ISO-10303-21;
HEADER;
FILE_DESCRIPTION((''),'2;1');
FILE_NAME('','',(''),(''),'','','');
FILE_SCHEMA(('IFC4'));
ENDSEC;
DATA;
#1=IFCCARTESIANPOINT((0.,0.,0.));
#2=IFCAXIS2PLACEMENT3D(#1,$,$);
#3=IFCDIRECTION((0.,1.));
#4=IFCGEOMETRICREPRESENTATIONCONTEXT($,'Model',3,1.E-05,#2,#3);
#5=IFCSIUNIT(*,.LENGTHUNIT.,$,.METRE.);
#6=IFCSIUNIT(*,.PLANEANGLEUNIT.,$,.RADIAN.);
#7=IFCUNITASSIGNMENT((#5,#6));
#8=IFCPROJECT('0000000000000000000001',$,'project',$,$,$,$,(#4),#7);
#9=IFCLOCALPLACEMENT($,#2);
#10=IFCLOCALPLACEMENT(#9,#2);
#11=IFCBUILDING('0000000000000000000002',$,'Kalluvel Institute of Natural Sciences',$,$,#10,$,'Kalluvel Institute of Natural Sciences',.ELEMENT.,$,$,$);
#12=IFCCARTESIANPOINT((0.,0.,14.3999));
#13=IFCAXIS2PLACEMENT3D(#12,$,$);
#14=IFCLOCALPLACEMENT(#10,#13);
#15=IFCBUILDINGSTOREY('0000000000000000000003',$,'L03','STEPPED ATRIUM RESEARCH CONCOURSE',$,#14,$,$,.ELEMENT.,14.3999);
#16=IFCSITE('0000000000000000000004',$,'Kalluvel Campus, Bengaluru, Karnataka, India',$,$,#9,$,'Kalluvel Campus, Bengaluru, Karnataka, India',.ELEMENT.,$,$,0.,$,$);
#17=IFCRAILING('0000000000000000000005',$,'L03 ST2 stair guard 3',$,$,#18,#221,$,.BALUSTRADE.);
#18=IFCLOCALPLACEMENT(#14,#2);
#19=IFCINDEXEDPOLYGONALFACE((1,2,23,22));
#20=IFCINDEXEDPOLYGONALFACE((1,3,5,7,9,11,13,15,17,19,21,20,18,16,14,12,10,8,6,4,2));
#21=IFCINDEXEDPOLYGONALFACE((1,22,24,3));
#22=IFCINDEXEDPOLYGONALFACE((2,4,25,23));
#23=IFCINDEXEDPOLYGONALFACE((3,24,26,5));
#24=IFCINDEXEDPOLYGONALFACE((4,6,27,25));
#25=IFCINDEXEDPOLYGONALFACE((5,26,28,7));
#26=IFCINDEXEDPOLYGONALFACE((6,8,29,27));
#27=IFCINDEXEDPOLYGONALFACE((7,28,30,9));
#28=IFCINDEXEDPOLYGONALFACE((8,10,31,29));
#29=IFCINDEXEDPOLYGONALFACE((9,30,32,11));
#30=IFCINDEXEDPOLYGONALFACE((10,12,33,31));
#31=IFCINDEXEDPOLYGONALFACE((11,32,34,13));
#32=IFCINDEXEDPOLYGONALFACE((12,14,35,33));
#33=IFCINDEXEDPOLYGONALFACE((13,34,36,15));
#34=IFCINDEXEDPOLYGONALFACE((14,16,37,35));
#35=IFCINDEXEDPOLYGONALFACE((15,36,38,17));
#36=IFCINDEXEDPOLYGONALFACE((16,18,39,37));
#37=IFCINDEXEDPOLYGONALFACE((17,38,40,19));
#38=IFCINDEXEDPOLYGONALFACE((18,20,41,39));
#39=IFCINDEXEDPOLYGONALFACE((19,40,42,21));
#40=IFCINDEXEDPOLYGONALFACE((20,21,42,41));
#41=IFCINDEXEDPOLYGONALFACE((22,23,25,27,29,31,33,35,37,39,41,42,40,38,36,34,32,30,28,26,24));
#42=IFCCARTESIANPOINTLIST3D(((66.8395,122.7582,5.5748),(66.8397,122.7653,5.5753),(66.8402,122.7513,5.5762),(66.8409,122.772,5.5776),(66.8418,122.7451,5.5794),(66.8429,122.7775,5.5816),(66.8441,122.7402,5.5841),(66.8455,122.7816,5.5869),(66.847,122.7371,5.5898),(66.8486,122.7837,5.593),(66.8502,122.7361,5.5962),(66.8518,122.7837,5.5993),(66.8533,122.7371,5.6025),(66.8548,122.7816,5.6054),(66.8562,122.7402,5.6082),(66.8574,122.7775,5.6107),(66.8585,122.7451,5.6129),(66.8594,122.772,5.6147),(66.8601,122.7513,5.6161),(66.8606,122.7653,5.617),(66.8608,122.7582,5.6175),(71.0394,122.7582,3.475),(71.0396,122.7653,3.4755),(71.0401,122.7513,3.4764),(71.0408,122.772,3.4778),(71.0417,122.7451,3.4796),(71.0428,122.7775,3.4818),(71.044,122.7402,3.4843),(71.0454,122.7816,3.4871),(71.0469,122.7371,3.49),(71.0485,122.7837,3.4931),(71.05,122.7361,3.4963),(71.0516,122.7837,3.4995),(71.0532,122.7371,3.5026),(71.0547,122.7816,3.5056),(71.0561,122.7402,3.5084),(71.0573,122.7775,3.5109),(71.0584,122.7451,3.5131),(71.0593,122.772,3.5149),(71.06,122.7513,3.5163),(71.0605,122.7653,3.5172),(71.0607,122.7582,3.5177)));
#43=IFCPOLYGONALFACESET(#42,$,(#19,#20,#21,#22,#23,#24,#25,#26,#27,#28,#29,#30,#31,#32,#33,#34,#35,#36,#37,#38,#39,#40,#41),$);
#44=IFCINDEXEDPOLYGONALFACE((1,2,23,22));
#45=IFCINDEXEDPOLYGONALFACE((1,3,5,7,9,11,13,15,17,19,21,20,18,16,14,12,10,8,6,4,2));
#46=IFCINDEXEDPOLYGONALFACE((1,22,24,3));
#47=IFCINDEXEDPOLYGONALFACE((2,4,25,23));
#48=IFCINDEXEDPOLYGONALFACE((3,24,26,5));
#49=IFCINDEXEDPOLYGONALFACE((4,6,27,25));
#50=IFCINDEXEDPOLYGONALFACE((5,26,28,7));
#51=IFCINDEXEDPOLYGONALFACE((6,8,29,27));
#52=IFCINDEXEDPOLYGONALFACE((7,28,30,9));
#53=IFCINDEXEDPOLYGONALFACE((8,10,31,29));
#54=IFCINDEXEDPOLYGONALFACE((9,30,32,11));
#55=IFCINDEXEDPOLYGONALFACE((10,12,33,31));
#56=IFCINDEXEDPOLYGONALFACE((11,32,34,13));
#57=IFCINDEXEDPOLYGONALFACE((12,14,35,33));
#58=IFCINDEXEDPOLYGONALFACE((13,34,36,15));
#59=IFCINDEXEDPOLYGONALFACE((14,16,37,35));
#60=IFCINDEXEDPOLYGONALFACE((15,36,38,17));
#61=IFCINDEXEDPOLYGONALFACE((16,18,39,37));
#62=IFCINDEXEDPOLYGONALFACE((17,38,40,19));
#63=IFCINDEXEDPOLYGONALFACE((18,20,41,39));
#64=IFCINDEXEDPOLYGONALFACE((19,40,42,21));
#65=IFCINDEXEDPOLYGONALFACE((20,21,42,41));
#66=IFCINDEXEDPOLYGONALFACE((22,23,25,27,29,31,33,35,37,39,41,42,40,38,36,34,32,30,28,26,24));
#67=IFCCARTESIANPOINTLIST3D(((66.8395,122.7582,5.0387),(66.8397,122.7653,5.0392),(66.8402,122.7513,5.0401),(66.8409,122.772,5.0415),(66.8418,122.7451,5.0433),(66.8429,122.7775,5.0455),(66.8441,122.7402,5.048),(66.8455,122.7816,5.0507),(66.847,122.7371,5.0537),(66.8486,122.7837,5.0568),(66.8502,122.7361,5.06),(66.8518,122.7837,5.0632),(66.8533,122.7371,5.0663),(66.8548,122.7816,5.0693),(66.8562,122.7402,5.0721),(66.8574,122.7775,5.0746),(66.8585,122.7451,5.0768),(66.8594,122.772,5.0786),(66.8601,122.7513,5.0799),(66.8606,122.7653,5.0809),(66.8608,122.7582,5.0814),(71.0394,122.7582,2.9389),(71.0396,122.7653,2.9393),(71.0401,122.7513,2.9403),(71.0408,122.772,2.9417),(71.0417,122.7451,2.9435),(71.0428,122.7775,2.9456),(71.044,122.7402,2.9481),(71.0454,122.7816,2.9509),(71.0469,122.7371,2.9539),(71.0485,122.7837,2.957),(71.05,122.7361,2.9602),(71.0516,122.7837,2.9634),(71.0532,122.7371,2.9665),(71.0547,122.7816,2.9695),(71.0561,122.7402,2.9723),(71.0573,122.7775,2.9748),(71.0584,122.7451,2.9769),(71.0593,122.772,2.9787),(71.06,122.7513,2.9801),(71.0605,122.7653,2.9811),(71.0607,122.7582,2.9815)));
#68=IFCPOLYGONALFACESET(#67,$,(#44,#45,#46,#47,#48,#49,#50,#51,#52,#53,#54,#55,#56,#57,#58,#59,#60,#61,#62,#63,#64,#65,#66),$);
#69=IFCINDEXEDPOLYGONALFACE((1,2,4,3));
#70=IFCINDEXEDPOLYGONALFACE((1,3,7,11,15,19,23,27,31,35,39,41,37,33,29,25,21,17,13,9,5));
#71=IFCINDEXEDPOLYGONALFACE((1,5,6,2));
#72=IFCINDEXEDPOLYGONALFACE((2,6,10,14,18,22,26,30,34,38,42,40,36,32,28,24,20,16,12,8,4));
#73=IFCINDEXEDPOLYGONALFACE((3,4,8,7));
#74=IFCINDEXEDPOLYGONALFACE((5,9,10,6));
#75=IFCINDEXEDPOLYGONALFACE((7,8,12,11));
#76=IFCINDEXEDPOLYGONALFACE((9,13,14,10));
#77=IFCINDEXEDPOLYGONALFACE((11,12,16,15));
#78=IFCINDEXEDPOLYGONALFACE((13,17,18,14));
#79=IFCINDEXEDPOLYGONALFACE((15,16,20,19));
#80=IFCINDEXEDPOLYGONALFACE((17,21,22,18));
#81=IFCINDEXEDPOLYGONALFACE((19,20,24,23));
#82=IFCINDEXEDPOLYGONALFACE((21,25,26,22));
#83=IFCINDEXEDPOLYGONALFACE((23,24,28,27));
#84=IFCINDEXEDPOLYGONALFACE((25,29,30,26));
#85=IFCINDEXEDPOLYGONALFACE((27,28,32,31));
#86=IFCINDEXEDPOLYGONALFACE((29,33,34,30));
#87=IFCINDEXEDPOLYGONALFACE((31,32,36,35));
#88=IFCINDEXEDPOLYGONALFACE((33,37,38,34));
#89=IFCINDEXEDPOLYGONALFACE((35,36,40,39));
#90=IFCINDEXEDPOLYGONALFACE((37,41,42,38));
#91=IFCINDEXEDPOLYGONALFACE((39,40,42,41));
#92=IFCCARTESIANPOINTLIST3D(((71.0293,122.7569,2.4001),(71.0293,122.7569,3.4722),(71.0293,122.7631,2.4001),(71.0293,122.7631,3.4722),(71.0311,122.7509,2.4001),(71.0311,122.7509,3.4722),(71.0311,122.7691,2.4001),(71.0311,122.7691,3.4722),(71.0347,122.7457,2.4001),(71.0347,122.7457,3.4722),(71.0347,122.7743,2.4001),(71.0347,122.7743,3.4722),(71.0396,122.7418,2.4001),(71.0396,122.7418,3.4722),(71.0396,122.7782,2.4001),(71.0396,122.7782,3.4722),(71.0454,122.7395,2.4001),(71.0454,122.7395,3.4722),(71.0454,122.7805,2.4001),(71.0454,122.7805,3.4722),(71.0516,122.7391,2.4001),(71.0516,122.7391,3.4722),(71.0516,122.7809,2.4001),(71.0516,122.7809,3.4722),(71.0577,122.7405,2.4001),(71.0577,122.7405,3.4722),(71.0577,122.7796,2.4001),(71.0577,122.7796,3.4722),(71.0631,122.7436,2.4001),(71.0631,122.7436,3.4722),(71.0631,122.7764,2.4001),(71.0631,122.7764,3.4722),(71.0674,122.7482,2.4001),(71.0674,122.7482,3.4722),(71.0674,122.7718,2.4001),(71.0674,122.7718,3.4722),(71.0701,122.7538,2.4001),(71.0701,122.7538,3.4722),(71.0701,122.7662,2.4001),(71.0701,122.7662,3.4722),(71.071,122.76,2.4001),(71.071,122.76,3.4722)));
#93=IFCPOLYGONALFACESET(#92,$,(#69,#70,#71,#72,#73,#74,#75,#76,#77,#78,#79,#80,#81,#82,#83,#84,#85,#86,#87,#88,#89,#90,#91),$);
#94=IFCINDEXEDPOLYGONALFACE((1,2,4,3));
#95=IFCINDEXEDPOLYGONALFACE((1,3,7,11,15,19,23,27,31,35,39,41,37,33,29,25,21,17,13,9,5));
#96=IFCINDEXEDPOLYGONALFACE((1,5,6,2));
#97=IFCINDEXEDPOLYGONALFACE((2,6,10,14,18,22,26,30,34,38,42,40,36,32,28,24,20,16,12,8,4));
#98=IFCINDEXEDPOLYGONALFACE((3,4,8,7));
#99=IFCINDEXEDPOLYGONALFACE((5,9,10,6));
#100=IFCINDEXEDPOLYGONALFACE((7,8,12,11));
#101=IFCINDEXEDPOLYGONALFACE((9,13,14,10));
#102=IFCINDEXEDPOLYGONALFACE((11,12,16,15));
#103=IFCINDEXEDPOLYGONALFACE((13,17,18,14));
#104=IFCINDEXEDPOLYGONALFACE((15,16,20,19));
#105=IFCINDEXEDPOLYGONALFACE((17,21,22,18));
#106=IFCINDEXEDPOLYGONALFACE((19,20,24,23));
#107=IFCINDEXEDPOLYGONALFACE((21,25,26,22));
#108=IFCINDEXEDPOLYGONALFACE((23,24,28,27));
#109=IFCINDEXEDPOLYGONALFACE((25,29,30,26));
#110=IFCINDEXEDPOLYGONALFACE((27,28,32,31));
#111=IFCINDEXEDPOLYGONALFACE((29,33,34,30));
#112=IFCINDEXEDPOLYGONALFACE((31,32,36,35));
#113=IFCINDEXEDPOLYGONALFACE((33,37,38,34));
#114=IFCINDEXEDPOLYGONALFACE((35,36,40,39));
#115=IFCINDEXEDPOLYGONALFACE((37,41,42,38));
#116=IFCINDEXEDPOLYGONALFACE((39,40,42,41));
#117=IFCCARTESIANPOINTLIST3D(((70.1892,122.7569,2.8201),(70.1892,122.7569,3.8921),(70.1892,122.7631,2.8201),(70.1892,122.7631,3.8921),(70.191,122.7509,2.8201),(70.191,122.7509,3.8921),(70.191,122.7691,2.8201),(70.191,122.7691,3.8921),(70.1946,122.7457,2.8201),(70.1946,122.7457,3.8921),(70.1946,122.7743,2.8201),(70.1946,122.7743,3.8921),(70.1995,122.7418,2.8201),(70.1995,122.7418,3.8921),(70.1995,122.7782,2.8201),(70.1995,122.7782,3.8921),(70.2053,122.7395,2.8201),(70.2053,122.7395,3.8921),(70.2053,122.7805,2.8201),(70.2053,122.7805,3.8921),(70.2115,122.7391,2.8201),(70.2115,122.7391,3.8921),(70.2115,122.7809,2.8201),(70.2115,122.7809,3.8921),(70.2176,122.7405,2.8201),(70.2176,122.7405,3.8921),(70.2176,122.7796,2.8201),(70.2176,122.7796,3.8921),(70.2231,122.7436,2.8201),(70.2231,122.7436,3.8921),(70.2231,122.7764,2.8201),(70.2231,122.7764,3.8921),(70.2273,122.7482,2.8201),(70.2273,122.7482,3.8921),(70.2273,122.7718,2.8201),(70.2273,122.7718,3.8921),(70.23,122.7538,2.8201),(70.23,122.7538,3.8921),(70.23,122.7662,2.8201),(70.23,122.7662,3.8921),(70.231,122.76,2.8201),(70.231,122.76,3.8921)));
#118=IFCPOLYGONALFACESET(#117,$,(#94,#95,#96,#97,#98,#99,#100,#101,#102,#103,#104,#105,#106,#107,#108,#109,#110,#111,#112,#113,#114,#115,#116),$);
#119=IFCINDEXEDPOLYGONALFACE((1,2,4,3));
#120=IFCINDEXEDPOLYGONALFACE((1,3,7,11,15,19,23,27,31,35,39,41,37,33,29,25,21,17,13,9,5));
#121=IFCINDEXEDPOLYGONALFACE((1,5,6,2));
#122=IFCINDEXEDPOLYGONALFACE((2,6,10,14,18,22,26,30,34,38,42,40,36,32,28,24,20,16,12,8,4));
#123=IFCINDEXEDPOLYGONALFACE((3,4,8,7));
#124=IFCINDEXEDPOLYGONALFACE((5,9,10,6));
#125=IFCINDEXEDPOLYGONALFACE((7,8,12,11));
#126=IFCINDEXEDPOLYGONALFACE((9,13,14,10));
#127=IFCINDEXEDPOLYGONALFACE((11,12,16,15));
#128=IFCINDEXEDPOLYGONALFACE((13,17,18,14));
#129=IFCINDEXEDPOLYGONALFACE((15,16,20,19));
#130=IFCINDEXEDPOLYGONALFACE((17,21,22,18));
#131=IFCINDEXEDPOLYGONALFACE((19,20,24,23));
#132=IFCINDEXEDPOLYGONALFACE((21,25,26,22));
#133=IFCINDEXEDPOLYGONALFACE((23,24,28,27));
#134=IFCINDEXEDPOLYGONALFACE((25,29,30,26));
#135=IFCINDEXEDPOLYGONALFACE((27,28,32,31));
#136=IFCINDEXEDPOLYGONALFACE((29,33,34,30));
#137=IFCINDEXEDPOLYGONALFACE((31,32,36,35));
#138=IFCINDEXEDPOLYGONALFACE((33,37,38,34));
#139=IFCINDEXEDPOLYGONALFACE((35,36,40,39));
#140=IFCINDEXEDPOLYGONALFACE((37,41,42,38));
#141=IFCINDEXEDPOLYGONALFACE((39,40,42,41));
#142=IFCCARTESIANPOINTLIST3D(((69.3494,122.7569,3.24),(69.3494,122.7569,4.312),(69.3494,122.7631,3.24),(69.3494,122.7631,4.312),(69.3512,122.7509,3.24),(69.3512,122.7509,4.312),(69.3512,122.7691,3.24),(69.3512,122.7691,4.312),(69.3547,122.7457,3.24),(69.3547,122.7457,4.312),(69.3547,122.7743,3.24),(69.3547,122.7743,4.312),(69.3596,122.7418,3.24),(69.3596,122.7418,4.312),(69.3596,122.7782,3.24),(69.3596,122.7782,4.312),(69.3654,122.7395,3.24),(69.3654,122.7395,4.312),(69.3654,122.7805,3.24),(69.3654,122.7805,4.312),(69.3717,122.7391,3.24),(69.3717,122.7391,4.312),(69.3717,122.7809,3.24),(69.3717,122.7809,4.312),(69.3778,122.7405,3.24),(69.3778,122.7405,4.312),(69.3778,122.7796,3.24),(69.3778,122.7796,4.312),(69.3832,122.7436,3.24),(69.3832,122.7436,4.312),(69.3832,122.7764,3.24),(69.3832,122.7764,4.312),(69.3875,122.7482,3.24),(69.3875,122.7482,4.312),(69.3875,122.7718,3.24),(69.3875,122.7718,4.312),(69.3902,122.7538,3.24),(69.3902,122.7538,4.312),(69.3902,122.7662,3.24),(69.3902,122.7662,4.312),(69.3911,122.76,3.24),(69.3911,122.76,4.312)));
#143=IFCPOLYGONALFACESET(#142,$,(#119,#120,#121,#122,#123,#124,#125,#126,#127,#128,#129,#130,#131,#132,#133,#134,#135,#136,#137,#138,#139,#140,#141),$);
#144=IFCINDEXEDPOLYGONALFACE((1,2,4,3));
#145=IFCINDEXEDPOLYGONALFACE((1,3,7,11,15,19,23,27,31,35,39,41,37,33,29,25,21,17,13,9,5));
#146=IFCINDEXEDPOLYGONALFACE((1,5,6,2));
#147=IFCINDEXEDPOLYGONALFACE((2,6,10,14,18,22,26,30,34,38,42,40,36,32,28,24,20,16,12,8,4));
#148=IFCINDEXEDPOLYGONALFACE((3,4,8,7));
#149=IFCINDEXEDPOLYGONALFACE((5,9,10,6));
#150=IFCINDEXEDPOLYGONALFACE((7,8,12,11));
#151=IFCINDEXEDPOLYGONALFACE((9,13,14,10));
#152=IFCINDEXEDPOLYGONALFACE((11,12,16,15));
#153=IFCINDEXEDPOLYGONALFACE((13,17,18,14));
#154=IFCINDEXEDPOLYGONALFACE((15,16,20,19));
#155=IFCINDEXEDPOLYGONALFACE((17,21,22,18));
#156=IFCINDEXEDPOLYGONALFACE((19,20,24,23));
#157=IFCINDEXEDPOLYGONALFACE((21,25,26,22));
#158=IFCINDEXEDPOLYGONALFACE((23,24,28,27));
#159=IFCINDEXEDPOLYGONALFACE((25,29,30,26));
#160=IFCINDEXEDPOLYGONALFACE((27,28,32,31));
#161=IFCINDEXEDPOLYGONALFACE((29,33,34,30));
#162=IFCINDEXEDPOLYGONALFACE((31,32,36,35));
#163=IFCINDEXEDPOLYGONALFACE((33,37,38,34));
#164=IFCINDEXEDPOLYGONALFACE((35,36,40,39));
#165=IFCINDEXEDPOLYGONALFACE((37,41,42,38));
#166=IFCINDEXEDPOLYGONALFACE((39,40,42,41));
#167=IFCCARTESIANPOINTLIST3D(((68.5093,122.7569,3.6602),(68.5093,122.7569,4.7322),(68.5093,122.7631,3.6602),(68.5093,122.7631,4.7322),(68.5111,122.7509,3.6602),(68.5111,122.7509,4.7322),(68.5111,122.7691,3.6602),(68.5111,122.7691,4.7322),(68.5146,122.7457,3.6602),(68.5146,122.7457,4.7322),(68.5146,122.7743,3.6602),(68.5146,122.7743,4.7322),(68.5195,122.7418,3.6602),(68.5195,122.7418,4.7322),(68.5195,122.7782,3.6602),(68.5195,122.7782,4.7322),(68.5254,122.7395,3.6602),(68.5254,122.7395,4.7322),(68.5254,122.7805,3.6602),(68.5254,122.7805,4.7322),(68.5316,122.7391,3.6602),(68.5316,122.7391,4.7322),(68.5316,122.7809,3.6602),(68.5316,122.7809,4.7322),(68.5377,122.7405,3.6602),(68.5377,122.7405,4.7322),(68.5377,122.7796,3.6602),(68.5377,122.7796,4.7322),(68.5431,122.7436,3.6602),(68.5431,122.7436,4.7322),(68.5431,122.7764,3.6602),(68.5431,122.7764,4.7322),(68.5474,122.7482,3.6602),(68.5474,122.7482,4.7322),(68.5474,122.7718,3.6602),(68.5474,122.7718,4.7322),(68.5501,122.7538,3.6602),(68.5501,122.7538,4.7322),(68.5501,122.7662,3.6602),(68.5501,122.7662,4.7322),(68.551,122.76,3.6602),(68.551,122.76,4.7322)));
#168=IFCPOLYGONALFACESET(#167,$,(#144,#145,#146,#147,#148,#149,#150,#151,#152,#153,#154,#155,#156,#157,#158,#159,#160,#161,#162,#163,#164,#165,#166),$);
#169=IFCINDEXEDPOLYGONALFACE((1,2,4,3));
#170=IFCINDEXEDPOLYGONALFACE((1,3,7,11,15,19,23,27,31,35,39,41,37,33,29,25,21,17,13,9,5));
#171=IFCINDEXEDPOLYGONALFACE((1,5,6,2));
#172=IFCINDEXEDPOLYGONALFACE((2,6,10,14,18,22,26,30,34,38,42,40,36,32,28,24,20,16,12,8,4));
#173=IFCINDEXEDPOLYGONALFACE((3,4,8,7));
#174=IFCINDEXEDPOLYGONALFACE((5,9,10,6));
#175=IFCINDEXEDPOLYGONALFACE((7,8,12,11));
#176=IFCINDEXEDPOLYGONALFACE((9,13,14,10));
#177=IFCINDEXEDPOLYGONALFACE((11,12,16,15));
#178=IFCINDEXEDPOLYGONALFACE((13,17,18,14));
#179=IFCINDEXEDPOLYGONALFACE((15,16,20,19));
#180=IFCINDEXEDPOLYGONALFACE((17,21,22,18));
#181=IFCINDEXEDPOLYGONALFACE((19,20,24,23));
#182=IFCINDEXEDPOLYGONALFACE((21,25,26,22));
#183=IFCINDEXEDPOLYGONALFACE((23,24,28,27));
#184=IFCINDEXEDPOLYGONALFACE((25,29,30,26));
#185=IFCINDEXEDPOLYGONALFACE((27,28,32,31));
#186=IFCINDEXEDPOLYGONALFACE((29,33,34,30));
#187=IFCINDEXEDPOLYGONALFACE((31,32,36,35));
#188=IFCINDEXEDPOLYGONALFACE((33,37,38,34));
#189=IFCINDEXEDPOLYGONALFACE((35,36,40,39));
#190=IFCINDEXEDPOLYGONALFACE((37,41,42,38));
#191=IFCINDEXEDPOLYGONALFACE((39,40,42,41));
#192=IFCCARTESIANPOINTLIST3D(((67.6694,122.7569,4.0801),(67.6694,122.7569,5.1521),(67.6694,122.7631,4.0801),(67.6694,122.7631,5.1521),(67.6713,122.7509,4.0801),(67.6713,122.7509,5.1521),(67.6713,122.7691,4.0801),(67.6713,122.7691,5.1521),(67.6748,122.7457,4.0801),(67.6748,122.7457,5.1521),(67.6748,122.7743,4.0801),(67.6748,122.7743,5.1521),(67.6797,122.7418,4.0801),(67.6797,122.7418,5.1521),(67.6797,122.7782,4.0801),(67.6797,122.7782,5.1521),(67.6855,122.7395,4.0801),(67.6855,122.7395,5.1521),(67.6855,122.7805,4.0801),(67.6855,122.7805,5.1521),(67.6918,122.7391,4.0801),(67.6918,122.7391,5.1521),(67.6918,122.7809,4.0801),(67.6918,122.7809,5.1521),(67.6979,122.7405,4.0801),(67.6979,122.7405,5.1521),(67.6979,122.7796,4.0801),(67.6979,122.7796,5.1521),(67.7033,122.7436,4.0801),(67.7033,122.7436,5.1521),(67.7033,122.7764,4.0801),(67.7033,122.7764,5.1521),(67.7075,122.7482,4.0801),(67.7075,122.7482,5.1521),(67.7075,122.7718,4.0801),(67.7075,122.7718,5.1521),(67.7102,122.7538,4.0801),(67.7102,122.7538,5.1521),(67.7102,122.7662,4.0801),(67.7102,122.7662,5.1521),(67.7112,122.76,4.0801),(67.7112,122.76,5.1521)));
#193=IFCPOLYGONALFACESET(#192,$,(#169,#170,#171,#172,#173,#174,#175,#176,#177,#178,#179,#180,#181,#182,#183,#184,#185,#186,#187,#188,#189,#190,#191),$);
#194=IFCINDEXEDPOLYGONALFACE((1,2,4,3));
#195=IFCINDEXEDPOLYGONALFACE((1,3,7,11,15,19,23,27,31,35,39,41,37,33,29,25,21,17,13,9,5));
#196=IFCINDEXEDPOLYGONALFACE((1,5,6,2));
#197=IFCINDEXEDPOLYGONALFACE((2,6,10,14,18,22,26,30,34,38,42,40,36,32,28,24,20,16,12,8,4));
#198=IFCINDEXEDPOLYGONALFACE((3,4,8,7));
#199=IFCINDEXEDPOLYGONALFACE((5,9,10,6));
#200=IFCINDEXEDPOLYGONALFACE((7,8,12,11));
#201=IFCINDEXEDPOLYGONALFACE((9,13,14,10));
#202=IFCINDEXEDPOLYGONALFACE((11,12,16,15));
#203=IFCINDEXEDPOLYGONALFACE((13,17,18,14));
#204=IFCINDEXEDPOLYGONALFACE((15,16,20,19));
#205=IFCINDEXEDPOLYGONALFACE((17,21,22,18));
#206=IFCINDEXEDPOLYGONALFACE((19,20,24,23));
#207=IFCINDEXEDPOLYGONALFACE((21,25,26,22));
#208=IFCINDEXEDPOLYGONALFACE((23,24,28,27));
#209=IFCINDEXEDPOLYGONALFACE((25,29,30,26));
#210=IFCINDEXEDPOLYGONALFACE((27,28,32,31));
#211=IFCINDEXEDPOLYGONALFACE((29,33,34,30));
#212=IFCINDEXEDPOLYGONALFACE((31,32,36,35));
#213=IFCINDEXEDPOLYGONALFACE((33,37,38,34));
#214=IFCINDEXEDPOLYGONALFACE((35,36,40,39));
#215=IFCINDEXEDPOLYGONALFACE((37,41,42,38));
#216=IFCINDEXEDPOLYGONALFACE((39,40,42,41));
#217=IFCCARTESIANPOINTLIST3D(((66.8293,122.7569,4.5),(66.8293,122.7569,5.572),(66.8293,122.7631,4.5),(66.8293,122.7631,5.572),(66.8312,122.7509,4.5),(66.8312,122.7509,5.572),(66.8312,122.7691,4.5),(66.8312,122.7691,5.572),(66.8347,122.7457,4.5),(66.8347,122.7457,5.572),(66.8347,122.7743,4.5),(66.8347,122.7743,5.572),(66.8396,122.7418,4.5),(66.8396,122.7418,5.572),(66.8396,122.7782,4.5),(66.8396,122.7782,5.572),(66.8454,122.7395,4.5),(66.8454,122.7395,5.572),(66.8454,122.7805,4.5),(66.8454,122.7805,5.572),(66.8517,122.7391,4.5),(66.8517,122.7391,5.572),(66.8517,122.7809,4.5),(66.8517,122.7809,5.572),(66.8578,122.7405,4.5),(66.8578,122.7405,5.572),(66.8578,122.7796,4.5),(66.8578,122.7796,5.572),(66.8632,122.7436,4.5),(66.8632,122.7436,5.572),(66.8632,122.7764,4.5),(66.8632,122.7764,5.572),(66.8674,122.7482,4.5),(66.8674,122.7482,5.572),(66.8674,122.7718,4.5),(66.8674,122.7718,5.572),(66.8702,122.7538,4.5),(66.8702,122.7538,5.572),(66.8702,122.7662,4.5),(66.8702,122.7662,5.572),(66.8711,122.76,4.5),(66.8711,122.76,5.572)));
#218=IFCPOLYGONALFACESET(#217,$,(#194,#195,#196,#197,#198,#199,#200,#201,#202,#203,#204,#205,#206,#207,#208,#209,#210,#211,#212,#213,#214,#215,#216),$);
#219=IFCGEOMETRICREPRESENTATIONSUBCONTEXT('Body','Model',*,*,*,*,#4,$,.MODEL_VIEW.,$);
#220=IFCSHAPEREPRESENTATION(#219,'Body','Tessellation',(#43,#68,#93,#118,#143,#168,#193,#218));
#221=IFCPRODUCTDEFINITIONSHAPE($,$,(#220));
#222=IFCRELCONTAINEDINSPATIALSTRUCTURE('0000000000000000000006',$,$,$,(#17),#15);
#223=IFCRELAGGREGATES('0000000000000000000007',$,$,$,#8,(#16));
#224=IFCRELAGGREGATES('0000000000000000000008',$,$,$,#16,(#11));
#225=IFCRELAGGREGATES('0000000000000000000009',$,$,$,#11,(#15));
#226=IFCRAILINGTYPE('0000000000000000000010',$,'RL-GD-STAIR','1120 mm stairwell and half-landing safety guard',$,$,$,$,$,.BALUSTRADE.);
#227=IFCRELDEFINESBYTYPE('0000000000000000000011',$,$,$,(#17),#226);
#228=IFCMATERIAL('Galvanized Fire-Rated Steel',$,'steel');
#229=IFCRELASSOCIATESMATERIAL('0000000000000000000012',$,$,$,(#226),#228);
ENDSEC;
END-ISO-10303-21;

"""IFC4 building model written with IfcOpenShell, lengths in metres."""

from ifc_helpers import new_model, si_unit, direction, frame, origin, origin_2d, place, context, subcontext, project, spatial, circle, extrude, material, type_object, element, save


model = new_model("IFC4")

# Units and contexts
model_context = context("Model", 3, precision=1e-05, world=origin(), true_north=direction((0.0, 1.0)))
body_context = subcontext(model_context, "Body", "Model", "MODEL_VIEW")
ifc_project = project(units=[si_unit("LENGTHUNIT", "METRE"), si_unit("PLANEANGLEUNIT", "RADIAN")], contexts=[model_context])

# Site, building, storey
site_placement = place(None, origin())
site = spatial("IfcSite", under=ifc_project, at=site_placement, Name="Kalluvel Campus, Bengaluru, Karnataka, India", LongName="Kalluvel Campus, Bengaluru, Karnataka, India", CompositionType="ELEMENT", RefElevation=0.0)
building_placement = place(site_placement, origin())
building = spatial("IfcBuilding", under=site, at=building_placement, Name="Kalluvel Institute of Natural Sciences", LongName="Kalluvel Institute of Natural Sciences", CompositionType="ELEMENT")
storey_placement = place(building_placement, frame((0.0, 0.0, 14.3999)))
storey = spatial("IfcBuildingStorey", under=building, at=storey_placement, Name="L03", Description="STEPPED ATRIUM RESEARCH CONCOURSE", CompositionType="ELEMENT", Elevation=14.3999)

# Railing
ifc_material_1 = material(Name="Galvanized Fire-Rated Steel", Category="steel")
railing_type_1 = type_object("IfcRailingType", Name="RL-GD-STAIR", Description="1120 mm stairwell and half-landing safety guard", PredefinedType="BALUSTRADE", material=ifc_material_1)
railing_1_placement = place(storey_placement, frame((71.05, 122.76, 2.4001)))
element("IfcRailing", 1, at=railing_1_placement, inside=storey, type_object=railing_type_1, Name="L03 ST2 stair guard 3", PredefinedType="BALUSTRADE", context=body_context, shape_type="SweptSolid", body=[
    extrude(circle(Radius=0.0239, at=origin_2d()), frame((0.0, 0.0, 1.0962), z_axis=(-0.894438, 0.0, 0.447193), x_axis=(0.0, -1.0, 0.0)), (0.0, 0.0, 1.0), 4.6956),
    extrude(circle(Radius=0.0239, at=origin_2d()), frame((0.0, 0.0, 0.5601), z_axis=(-0.894438, 0.0, 0.447193), x_axis=(0.0, -1.0, 0.0)), (0.0, 0.0, 1.0), 4.6956),
    extrude(circle(Radius=0.021, at=origin_2d()), origin(), (0.0, 0.0, 1.0), 1.072),
    extrude(circle(Radius=0.021, at=origin_2d()), frame((-0.8401, 0.0, 0.4199)), (0.0, 0.0, 1.0), 1.072),
    extrude(circle(Radius=0.021, at=origin_2d()), frame((-1.6799, 0.0, 0.8398)), (0.0, 0.0, 1.0), 1.072),
    extrude(circle(Radius=0.021, at=origin_2d()), frame((-2.52, 0.0, 1.26)), (0.0, 0.0, 1.0), 1.072),
    extrude(circle(Radius=0.021, at=origin_2d()), frame((-3.3599, 0.0, 1.6799)), (0.0, 0.0, 1.0), 1.072),
    extrude(circle(Radius=0.021, at=origin_2d()), frame((-4.2, 0.0, 2.0999)), (0.0, 0.0, 1.0), 1.072),
])

save(model, "model.ifc")
